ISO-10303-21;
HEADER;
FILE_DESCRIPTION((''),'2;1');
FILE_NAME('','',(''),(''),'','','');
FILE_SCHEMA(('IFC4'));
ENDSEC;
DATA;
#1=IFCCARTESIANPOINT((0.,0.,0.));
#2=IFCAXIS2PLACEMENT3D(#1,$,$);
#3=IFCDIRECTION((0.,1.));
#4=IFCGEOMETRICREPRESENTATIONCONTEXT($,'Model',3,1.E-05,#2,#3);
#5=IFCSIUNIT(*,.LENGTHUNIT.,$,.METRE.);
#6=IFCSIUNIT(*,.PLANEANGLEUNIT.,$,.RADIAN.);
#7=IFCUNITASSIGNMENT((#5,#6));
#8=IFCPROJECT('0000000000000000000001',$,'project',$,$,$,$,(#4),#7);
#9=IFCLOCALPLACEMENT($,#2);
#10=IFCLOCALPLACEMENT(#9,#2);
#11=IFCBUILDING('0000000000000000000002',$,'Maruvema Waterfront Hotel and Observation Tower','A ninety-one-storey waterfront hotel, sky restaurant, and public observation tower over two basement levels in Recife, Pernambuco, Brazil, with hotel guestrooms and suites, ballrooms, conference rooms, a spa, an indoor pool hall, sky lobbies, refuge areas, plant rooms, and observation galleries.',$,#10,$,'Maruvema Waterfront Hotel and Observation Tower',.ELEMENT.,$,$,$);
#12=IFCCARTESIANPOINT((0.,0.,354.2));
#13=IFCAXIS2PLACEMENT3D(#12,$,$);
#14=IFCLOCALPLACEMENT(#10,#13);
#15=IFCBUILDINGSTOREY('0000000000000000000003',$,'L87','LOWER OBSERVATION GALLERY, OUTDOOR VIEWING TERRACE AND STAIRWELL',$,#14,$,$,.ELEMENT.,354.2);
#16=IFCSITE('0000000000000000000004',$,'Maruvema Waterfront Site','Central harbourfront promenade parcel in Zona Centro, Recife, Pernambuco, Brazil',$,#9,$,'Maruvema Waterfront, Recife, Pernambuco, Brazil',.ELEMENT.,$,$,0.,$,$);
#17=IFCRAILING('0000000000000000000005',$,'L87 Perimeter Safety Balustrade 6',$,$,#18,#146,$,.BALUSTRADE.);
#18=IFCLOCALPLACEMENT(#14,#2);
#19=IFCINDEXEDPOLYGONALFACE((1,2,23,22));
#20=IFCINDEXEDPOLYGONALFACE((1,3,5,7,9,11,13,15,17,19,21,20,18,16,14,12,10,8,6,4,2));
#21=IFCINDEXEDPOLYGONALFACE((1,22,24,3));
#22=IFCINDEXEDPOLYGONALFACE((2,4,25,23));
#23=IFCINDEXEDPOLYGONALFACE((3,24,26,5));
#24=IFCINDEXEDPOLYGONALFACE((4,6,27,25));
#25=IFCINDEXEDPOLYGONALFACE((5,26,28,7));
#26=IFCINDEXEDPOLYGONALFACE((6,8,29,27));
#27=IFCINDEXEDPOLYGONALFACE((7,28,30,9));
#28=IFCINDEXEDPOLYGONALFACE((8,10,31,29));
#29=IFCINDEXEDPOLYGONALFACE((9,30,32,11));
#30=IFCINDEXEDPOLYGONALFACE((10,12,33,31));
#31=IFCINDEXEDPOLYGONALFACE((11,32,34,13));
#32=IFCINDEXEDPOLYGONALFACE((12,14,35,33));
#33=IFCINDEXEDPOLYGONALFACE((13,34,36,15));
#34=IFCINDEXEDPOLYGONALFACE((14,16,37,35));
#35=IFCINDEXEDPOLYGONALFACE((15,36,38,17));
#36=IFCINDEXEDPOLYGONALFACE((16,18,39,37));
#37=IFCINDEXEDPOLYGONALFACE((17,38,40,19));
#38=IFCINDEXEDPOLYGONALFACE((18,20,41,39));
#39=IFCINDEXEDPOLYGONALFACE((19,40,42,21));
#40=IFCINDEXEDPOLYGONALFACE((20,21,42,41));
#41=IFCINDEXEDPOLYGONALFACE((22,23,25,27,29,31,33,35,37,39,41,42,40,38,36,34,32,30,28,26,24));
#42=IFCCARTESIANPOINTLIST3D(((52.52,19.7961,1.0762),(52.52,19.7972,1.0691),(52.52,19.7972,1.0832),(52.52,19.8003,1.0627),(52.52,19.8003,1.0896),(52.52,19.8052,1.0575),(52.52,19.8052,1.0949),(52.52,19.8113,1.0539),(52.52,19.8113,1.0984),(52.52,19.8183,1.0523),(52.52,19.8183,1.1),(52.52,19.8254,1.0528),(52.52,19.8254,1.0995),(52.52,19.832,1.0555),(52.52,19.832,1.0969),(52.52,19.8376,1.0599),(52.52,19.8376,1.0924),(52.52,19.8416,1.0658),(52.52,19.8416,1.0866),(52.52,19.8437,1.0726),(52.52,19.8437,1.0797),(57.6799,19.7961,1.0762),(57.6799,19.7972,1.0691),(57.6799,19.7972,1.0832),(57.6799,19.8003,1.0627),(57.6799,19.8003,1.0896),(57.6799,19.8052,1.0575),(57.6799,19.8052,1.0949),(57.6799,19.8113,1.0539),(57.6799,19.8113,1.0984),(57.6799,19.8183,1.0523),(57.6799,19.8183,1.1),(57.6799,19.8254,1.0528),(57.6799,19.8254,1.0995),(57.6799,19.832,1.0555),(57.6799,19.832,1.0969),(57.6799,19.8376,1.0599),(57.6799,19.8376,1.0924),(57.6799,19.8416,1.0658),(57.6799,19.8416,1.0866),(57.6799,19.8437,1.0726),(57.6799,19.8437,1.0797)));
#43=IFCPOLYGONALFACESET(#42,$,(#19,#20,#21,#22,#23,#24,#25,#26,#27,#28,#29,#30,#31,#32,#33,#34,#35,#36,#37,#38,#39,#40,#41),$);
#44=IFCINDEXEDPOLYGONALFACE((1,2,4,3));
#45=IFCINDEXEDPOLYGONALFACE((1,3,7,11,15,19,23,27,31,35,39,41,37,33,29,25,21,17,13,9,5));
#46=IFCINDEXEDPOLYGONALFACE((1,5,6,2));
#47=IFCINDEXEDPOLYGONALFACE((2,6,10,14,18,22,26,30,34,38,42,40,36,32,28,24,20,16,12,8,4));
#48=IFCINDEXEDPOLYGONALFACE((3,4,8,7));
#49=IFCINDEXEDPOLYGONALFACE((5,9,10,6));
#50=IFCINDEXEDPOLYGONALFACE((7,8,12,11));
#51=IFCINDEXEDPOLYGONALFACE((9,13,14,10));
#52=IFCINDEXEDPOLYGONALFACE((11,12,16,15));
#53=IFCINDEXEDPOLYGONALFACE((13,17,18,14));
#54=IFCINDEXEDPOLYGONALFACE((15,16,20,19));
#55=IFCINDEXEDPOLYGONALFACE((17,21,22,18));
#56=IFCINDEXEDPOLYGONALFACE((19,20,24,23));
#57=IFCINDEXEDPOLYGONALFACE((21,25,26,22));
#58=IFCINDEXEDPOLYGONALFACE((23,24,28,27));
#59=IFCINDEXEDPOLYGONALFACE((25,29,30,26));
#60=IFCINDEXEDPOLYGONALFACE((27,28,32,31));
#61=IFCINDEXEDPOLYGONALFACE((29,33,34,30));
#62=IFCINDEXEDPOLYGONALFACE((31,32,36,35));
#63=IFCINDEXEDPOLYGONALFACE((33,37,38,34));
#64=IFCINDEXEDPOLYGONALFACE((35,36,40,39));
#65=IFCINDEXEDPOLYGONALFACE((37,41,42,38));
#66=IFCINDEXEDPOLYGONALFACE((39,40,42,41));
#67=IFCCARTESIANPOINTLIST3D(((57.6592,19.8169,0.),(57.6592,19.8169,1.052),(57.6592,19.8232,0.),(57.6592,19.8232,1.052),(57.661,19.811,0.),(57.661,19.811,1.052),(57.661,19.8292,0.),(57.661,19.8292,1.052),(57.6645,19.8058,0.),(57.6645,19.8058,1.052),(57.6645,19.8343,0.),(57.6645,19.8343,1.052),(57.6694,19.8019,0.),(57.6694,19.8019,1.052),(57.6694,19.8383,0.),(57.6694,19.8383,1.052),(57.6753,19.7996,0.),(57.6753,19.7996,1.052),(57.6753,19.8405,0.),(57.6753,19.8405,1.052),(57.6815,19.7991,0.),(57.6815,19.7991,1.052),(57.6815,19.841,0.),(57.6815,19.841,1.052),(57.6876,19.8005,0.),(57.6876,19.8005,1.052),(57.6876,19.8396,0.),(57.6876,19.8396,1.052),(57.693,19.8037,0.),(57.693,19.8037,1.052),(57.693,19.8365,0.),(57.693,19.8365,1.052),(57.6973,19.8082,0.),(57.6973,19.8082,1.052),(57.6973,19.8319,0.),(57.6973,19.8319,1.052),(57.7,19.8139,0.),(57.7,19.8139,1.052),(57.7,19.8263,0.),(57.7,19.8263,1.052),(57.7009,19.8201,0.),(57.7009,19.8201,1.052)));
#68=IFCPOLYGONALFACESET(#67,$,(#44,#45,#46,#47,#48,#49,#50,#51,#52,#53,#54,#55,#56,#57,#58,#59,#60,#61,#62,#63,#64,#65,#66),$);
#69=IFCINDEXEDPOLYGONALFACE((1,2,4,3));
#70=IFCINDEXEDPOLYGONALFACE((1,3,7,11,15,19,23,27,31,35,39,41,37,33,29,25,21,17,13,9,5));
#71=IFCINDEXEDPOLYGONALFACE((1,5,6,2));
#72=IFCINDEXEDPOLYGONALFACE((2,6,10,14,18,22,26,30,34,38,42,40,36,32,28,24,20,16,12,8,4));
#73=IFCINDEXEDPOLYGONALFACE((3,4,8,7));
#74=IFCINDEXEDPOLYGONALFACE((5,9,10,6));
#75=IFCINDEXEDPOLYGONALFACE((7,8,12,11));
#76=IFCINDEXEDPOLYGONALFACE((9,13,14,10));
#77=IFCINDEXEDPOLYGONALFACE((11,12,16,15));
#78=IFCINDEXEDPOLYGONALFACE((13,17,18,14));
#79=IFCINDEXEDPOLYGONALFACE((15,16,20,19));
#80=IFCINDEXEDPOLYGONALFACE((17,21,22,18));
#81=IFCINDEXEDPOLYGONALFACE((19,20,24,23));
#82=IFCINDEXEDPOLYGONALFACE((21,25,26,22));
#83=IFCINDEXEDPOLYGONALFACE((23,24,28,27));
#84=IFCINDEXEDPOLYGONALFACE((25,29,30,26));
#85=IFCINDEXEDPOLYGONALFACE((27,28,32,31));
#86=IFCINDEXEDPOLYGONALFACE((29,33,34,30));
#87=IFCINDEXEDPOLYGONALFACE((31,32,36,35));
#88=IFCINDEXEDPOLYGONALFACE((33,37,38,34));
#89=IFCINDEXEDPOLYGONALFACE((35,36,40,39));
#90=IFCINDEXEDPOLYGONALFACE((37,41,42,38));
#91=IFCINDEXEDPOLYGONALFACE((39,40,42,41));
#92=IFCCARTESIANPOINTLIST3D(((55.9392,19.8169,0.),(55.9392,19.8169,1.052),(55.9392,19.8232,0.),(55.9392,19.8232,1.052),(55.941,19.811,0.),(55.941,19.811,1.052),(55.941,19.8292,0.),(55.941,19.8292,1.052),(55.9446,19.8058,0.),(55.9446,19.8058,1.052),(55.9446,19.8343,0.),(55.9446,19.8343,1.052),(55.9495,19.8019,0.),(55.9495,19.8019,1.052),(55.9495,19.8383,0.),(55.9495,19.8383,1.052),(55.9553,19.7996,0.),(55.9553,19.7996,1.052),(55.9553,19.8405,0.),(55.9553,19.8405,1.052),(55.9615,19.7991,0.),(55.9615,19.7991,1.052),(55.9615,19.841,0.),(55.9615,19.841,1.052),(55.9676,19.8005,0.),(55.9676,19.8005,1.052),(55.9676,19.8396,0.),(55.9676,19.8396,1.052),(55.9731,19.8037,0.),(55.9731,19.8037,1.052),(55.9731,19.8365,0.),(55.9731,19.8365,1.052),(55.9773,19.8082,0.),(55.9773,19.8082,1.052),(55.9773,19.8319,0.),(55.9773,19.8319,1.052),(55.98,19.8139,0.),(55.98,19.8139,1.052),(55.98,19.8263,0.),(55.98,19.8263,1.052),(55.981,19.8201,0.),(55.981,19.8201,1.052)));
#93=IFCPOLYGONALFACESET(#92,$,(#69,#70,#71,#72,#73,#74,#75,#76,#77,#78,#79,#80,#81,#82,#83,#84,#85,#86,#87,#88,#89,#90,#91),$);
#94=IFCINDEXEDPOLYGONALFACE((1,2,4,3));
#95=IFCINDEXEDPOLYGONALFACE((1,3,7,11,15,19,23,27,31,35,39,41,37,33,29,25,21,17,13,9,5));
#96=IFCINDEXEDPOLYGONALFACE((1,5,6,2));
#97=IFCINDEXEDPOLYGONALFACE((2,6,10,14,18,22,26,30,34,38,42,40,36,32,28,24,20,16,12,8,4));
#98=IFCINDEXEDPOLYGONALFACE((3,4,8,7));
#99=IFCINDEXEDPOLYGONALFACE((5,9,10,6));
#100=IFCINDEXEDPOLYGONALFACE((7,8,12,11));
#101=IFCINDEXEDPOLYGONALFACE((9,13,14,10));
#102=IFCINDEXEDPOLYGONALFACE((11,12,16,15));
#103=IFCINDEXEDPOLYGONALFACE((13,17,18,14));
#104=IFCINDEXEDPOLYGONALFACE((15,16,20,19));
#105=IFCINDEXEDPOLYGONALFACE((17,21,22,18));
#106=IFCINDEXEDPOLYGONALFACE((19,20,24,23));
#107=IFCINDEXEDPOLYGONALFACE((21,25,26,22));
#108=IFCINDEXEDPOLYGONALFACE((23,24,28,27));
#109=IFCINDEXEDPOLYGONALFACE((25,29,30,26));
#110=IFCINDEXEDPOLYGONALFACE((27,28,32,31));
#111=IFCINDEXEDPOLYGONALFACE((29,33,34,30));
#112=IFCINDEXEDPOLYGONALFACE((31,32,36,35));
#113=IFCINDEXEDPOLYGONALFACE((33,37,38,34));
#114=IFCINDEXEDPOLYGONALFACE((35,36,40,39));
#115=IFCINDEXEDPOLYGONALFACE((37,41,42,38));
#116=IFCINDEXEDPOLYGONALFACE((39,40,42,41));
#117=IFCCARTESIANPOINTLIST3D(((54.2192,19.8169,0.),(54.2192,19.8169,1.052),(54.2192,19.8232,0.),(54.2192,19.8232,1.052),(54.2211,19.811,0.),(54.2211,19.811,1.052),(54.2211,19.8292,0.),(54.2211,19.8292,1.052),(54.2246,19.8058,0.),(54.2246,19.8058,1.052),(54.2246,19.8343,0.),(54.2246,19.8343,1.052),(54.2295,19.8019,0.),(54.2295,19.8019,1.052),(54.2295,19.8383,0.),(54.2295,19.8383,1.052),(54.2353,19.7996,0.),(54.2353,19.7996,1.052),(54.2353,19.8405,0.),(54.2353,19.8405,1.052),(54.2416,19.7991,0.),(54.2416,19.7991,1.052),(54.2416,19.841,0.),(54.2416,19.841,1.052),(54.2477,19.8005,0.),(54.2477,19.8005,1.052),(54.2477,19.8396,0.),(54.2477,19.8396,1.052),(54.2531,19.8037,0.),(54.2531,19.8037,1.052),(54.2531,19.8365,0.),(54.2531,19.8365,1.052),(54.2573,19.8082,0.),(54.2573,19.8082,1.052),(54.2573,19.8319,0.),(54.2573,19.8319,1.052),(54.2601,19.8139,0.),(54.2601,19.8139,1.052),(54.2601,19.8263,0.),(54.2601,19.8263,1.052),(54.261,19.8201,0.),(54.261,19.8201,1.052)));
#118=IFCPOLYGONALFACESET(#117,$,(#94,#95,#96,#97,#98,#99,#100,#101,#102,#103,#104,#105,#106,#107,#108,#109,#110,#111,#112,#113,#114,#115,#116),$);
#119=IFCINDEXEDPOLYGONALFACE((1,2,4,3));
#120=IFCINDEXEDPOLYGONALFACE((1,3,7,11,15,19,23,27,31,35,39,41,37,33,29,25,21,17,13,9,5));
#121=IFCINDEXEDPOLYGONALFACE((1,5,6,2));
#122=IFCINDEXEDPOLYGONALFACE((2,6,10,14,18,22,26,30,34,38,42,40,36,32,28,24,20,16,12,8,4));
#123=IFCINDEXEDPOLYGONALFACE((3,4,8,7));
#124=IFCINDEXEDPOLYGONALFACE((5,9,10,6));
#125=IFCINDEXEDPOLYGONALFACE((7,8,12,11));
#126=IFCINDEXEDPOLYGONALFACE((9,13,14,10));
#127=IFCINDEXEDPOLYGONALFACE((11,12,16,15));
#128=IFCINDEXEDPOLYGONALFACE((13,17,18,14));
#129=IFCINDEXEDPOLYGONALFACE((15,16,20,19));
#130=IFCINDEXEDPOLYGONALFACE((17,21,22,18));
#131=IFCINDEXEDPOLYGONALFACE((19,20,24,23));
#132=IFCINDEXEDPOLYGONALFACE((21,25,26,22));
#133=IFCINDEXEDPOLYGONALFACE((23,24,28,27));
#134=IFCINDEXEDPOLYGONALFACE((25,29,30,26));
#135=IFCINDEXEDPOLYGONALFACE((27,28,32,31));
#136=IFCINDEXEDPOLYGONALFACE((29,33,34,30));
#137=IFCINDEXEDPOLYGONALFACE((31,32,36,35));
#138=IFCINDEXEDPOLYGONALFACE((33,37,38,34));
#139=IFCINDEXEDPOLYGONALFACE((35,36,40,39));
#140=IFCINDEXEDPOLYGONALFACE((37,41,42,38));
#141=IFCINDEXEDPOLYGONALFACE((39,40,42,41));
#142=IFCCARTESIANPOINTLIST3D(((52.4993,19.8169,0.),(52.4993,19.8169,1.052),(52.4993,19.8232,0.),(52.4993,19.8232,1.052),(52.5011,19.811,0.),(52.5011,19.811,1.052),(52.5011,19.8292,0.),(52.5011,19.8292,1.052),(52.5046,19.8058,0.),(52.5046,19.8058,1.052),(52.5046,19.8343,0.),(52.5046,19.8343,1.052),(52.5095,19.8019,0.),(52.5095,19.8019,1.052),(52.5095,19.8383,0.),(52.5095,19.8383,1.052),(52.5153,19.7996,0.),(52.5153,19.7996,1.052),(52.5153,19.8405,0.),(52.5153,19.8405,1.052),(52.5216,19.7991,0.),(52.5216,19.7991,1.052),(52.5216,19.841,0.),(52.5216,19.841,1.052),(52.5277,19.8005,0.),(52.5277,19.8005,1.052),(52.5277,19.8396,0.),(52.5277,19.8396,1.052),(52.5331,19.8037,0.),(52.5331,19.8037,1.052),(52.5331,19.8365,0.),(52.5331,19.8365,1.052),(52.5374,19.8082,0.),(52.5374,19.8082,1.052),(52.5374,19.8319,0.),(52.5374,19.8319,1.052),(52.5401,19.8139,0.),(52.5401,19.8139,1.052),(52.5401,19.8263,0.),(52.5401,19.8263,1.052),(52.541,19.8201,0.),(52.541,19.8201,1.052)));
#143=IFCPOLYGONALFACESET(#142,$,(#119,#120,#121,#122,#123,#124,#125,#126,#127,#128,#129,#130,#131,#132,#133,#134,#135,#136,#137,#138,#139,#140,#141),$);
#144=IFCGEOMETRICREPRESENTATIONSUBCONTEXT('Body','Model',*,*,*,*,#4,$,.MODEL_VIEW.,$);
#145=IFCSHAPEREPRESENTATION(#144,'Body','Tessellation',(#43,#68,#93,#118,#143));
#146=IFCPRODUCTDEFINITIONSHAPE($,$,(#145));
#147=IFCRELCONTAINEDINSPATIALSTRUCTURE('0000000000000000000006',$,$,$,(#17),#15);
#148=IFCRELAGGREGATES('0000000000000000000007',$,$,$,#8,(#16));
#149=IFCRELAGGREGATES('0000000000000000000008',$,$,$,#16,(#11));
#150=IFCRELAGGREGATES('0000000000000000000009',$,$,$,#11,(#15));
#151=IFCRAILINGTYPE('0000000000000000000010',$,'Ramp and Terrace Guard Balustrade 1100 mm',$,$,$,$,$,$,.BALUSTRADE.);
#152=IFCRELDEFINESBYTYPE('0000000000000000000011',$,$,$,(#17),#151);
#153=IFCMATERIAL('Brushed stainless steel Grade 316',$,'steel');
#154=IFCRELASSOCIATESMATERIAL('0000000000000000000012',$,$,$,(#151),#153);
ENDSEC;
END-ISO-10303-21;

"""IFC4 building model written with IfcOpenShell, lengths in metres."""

from ifc_helpers import new_model, si_unit, direction, frame, origin, origin_2d, place, context, subcontext, project, spatial, circle, extrude, material, type_object, element, save


model = new_model("IFC4")

# Units and contexts
model_context = context("Model", 3, precision=1e-05, world=origin(), true_north=direction((0.0, 1.0)))
body_context = subcontext(model_context, "Body", "Model", "MODEL_VIEW")
ifc_project = project(units=[si_unit("LENGTHUNIT", "METRE"), si_unit("PLANEANGLEUNIT", "RADIAN")], contexts=[model_context])

# Site, building, storey
site_placement = place(None, origin())
site = spatial("IfcSite", under=ifc_project, at=site_placement, Name="Maruvema Waterfront Site", Description="Central harbourfront promenade parcel in Zona Centro, Recife, Pernambuco, Brazil", LongName="Maruvema Waterfront, Recife, Pernambuco, Brazil", CompositionType="ELEMENT", RefElevation=0.0)
building_placement = place(site_placement, origin())
building = spatial("IfcBuilding", under=site, at=building_placement, Name="Maruvema Waterfront Hotel and Observation Tower", Description="A ninety-one-storey waterfront hotel, sky restaurant, and public observation tower over two basement levels in Recife, Pernambuco, Brazil, with hotel guestrooms and suites, ballrooms, conference rooms, a spa, an indoor pool hall, sky lobbies, refuge areas, plant rooms, and observation galleries.", LongName="Maruvema Waterfront Hotel and Observation Tower", CompositionType="ELEMENT")
storey_placement = place(building_placement, frame((0.0, 0.0, 354.2)))
storey = spatial("IfcBuildingStorey", under=building, at=storey_placement, Name="L87", Description="LOWER OBSERVATION GALLERY, OUTDOOR VIEWING TERRACE AND STAIRWELL", CompositionType="ELEMENT", Elevation=354.2)

# Railing
ifc_material_1 = material(Name="Brushed stainless steel Grade 316", Category="steel")
railing_type = type_object("IfcRailingType", Name="Ramp and Terrace Guard Balustrade 1100 mm", PredefinedType="BALUSTRADE", material=ifc_material_1)
railing_1_placement = place(storey_placement, frame((57.6799, 19.8201, 0.0)))
element("IfcRailing", 1, at=railing_1_placement, inside=storey, type_object=railing_type, Name="L87 Perimeter Safety Balustrade 6", PredefinedType="BALUSTRADE", context=body_context, shape_type="SweptSolid", body=[
    extrude(circle(Radius=0.0239, at=origin_2d()), frame((0.0, 0.0, 1.0762), z_axis=(-1.0, 0.0, 0.0), x_axis=(0.0, -1.0, 0.0)), (0.0, 0.0, 1.0), 5.1599),
    extrude(circle(Radius=0.021, at=origin_2d()), origin(), (0.0, 0.0, 1.0), 1.052),
    extrude(circle(Radius=0.021, at=origin_2d()), frame((-1.72, 0.0, 0.0)), (0.0, 0.0, 1.0), 1.052),
    extrude(circle(Radius=0.021, at=origin_2d()), frame((-3.4399, 0.0, 0.0)), (0.0, 0.0, 1.0), 1.052),
    extrude(circle(Radius=0.021, at=origin_2d()), frame((-5.1599, 0.0, 0.0)), (0.0, 0.0, 1.0), 1.052),
])

save(model, "model.ifc")
